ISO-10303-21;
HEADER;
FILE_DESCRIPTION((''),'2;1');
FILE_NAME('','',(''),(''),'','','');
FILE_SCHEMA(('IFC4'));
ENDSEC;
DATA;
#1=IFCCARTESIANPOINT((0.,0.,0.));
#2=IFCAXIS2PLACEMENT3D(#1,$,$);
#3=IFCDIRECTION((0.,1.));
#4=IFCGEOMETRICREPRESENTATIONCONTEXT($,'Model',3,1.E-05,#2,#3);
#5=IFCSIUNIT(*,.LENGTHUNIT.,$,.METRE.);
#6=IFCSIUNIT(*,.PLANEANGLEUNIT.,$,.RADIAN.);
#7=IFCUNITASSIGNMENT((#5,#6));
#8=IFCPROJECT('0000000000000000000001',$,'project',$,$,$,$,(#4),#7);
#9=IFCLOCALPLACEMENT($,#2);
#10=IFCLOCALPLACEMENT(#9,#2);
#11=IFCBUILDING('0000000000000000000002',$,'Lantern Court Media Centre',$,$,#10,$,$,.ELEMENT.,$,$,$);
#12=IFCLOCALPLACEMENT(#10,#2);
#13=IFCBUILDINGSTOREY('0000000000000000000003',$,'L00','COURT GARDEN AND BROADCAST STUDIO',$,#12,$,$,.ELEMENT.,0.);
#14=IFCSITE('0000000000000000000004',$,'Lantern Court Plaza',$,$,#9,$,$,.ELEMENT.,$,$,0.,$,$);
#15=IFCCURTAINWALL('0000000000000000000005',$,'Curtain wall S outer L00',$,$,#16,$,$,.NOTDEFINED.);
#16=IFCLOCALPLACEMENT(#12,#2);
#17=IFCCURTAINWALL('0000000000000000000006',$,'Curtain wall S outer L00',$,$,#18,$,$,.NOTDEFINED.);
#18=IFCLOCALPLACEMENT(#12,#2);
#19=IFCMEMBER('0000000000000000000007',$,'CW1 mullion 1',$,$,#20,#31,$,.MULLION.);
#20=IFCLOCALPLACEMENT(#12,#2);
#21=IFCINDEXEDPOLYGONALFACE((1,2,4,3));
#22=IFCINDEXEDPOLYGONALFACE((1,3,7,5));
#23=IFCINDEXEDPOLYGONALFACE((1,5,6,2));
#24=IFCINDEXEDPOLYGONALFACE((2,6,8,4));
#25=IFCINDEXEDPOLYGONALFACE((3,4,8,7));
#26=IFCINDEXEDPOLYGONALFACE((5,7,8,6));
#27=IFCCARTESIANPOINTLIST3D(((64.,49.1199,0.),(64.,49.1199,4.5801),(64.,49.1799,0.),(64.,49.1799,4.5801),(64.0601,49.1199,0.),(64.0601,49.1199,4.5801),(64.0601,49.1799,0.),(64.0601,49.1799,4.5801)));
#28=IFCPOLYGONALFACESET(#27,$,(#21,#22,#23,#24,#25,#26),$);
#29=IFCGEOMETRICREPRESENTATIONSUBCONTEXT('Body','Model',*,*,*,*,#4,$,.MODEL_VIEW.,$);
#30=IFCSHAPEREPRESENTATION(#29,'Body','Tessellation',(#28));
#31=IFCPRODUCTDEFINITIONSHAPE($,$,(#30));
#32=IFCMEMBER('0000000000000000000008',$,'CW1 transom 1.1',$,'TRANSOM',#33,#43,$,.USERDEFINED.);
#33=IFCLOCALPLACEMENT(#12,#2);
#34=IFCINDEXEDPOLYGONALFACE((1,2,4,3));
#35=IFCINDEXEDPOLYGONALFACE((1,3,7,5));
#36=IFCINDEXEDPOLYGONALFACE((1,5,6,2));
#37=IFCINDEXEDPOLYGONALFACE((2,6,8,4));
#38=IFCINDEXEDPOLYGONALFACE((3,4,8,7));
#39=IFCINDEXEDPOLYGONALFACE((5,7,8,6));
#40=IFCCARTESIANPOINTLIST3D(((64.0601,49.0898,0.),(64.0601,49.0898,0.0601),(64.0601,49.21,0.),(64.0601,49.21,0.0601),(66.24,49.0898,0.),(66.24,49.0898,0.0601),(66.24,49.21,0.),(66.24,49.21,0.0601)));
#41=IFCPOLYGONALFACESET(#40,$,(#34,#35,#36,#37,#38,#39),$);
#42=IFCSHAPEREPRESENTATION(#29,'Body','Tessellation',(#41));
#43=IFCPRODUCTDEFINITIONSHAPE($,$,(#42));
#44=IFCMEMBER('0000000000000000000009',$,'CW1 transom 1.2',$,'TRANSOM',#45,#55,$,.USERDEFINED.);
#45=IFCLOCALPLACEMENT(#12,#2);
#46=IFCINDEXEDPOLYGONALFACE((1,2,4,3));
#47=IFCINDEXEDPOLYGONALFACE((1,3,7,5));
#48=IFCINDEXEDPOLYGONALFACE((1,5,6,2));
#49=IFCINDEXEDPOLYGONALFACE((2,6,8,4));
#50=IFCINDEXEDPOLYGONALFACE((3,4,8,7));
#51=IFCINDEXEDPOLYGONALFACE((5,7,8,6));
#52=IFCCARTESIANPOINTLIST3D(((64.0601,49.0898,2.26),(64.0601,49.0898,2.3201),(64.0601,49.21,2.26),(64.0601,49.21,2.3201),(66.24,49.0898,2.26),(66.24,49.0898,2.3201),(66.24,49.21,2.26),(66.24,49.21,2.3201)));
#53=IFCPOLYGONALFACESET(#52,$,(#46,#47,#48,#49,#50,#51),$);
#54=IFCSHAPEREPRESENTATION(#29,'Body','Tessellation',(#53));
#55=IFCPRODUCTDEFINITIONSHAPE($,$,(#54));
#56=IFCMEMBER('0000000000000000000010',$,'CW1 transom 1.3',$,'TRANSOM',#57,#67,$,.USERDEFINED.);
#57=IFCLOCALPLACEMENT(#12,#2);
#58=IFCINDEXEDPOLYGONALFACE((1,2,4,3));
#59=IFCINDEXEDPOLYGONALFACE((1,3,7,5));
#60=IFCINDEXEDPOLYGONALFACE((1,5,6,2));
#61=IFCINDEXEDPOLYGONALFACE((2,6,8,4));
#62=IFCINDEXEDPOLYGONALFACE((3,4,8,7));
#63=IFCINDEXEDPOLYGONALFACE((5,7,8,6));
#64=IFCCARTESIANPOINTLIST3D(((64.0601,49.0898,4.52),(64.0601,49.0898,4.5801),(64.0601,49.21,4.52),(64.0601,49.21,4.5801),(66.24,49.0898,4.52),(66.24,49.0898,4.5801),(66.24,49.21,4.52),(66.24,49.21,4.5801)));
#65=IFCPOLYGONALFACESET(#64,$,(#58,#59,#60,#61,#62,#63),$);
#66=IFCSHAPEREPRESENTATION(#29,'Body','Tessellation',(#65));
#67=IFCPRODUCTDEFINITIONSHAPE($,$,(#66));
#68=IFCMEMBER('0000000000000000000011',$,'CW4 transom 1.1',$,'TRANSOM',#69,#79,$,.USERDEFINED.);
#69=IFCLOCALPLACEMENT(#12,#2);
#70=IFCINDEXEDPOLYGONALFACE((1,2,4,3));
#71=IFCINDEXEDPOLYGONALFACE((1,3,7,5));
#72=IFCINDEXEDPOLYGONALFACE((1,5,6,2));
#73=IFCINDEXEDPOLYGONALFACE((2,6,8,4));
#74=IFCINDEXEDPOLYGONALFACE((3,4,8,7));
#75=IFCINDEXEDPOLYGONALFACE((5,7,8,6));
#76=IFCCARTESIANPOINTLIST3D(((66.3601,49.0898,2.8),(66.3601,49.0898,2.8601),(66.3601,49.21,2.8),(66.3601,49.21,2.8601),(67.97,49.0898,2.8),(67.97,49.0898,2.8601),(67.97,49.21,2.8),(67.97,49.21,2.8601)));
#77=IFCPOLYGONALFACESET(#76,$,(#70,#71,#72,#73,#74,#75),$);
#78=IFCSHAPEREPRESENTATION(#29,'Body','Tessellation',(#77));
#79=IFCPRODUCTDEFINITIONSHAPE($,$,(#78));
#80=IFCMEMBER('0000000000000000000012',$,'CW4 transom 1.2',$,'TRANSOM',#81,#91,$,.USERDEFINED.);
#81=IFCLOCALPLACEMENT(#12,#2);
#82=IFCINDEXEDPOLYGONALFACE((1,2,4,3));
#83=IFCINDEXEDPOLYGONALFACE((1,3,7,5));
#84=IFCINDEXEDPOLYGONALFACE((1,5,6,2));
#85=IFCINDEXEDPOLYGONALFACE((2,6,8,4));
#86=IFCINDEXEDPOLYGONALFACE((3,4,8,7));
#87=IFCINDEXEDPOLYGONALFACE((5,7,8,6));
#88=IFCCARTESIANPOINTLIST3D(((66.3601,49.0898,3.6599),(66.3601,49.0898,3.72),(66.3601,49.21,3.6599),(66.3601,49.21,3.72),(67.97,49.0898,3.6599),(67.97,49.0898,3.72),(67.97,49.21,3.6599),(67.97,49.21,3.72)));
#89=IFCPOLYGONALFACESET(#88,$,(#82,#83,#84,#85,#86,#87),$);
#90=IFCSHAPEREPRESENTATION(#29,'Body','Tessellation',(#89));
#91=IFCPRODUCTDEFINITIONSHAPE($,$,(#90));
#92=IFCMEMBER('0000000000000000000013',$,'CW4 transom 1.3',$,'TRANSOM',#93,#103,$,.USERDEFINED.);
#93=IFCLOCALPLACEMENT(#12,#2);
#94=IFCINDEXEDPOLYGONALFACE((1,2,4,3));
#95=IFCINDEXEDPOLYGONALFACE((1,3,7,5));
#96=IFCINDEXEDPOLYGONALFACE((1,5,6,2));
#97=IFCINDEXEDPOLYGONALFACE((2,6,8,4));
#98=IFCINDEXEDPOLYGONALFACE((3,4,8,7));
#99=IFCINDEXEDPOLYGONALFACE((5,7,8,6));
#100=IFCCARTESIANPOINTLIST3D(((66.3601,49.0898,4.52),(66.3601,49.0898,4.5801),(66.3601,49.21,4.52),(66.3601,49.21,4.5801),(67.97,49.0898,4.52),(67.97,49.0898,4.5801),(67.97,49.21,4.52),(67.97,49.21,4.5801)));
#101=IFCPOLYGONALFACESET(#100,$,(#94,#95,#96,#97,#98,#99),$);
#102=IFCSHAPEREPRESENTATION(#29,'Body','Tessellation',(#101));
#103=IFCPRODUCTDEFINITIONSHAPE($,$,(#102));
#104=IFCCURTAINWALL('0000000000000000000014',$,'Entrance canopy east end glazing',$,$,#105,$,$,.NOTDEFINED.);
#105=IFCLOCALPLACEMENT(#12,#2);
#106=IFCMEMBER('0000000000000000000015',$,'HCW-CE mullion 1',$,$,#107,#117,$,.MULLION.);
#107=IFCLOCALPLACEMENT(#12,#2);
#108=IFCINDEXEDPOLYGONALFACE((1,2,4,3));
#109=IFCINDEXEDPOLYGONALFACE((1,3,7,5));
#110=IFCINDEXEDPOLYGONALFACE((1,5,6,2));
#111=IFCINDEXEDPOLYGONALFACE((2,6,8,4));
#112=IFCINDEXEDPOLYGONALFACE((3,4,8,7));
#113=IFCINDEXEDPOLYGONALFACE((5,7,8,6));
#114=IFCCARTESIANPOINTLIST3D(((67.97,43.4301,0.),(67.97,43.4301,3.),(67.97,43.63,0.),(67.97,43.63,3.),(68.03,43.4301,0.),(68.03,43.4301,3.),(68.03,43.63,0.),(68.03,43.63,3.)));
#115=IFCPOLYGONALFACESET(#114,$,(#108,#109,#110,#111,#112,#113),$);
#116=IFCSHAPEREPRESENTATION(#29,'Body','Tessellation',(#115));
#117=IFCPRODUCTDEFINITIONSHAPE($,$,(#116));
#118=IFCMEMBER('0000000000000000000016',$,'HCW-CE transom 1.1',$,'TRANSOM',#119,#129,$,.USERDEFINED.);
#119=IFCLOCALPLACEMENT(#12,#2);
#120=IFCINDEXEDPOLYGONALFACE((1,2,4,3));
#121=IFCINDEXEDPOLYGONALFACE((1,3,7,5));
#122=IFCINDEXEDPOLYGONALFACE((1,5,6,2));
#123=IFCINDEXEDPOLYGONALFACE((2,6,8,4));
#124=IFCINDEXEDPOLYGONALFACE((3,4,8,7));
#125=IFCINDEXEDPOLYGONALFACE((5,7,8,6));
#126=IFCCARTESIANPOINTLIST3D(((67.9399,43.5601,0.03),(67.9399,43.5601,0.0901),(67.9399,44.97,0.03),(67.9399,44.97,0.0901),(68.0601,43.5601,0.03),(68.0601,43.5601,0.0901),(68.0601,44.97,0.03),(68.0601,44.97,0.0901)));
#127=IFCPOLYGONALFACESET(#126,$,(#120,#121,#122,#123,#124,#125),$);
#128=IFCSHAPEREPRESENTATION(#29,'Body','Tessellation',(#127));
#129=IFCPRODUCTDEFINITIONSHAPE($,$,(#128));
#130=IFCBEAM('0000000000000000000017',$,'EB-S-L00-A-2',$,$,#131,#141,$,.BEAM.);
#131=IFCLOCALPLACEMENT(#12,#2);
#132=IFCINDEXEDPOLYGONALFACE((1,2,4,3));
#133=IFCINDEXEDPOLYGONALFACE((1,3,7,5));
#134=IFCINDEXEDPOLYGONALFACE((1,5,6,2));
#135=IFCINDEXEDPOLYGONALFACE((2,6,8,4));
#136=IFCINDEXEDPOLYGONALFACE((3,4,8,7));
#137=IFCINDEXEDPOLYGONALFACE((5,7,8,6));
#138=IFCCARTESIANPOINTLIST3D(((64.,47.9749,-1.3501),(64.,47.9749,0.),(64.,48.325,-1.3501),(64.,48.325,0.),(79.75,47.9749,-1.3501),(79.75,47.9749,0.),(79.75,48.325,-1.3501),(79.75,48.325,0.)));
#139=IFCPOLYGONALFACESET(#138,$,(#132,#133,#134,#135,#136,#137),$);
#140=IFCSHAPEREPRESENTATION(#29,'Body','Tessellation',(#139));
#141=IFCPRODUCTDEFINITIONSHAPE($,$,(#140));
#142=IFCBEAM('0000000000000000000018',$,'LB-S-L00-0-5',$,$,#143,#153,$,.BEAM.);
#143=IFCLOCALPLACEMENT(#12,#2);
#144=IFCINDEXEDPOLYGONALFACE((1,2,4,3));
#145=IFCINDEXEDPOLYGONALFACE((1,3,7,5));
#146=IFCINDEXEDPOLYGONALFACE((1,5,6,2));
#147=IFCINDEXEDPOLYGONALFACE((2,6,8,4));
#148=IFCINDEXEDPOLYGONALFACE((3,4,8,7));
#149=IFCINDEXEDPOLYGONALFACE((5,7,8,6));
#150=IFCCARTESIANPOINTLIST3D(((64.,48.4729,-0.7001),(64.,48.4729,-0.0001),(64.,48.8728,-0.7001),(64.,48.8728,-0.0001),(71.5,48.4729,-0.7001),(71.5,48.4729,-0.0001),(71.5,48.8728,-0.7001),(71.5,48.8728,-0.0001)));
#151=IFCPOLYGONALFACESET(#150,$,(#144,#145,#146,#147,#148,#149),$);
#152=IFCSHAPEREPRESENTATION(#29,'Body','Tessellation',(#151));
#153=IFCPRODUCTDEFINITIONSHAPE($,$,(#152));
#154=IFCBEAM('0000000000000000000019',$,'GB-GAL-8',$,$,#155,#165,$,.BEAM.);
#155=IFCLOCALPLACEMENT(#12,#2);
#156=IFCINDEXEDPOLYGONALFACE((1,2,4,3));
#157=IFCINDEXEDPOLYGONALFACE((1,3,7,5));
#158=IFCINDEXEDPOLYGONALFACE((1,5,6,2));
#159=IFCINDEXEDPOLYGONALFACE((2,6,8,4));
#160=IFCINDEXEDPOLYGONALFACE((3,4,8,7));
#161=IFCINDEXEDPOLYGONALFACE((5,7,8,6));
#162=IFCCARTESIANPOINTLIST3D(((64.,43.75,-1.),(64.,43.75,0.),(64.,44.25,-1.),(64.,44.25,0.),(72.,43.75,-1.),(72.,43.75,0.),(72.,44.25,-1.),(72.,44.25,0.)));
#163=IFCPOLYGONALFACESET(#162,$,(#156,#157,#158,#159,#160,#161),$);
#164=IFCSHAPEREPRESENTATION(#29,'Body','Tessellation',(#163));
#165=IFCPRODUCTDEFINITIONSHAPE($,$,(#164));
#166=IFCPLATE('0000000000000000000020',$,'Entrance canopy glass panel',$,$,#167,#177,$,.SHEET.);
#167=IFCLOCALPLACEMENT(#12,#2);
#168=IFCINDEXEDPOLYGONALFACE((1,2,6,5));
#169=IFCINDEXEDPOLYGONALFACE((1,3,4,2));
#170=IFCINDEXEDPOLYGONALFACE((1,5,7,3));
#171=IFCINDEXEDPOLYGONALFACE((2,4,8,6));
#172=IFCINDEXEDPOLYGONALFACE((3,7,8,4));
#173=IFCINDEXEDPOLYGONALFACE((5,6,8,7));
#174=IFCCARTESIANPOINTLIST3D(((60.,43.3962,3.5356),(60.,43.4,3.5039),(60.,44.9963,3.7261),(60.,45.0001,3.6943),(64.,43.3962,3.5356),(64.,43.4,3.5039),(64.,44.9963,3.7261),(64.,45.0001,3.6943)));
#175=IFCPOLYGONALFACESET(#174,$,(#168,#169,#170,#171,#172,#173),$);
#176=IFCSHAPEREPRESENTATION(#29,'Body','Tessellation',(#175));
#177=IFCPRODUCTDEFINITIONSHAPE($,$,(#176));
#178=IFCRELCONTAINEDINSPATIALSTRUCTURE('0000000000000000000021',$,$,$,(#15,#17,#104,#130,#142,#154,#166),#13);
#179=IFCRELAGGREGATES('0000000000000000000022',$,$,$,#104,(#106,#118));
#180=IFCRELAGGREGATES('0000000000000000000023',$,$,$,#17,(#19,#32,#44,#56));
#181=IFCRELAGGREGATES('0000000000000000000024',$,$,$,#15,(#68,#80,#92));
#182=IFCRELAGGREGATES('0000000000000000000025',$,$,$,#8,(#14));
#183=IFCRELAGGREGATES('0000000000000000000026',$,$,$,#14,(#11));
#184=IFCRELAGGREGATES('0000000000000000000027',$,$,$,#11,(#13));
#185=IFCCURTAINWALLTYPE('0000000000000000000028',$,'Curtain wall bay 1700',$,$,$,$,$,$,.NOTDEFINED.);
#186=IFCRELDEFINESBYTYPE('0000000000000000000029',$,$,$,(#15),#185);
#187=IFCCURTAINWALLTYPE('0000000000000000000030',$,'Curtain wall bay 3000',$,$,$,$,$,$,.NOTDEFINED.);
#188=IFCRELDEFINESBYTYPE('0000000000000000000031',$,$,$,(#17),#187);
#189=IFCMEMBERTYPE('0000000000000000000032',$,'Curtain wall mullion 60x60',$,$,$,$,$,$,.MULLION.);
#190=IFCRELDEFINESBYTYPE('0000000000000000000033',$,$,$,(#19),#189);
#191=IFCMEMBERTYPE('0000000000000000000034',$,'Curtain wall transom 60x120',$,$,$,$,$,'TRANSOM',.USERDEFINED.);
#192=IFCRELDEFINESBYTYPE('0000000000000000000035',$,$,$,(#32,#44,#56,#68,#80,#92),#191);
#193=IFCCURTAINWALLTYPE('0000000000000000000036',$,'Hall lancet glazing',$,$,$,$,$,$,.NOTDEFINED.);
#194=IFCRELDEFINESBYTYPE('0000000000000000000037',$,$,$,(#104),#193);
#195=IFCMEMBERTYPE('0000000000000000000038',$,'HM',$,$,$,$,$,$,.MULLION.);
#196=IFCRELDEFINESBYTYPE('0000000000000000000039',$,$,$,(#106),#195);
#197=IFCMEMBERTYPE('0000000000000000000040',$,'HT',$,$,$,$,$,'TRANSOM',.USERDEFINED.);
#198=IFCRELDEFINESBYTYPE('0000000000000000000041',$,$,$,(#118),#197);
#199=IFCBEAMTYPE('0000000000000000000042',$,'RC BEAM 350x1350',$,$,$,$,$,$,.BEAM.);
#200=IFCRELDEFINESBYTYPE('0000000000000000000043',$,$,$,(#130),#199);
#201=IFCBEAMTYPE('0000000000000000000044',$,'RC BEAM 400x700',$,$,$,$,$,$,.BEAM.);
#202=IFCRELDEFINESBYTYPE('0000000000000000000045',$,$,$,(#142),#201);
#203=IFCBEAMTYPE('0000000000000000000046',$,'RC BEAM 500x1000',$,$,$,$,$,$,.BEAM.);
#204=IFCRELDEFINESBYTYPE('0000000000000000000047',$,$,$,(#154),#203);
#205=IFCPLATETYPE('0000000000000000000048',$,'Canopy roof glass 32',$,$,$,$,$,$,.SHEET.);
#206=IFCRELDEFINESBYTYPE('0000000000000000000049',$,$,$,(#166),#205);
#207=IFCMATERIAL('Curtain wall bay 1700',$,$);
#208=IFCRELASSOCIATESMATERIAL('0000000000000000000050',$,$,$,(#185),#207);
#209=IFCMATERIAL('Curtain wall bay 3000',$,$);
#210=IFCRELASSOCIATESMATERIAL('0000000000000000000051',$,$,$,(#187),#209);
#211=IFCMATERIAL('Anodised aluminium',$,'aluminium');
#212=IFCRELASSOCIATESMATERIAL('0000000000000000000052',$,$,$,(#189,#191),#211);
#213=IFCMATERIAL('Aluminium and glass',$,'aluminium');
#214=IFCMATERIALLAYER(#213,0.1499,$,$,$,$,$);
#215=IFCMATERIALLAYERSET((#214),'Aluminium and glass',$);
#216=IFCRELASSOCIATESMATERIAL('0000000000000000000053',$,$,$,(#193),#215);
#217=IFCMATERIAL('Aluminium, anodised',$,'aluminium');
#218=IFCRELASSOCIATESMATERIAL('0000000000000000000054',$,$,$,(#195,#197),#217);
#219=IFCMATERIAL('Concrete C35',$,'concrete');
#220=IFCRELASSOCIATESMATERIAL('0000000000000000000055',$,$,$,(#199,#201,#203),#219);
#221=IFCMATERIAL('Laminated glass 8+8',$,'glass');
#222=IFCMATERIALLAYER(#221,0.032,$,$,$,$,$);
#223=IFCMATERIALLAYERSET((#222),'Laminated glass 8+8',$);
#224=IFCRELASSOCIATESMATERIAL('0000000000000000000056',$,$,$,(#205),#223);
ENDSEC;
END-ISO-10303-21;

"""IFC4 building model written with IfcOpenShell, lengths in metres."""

from ifc_helpers import new_model, si_unit, direction, frame, origin, origin_2d, place, context, subcontext, project, spatial, polyline, rectangle, outline, extrude, material, layer, layer_set, material_profile, profile_set, type_object, element, aggregate, save


model = new_model("IFC4")

# Units and contexts
model_context = context("Model", 3, precision=1e-05, world=origin(), true_north=direction((0.0, 1.0)))
body_context = subcontext(model_context, "Body", "Model", "MODEL_VIEW")
ifc_project = project(units=[si_unit("LENGTHUNIT", "METRE"), si_unit("PLANEANGLEUNIT", "RADIAN")], contexts=[model_context])

# Site, building, storey
site_placement = place(None, origin())
site = spatial("IfcSite", under=ifc_project, at=site_placement, Name="Lantern Court Plaza", CompositionType="ELEMENT", RefElevation=0.0)
building_placement = place(site_placement, origin())
building = spatial("IfcBuilding", under=site, at=building_placement, Name="Lantern Court Media Centre", CompositionType="ELEMENT")
storey_placement = place(building_placement, origin())
storey = spatial("IfcBuildingStorey", under=building, at=storey_placement, Name="L00", Description="COURT GARDEN AND BROADCAST STUDIO", CompositionType="ELEMENT", Elevation=0.0)

# Shared definitions
ifc_material_1 = material(Name="Concrete C35", Category="concrete")

# Curtain wall
ifc_material_2 = material(Name="Curtain wall bay 1700")
curtain_wall_type_1 = type_object("IfcCurtainWallType", Name="Curtain wall bay 1700", PredefinedType="NOTDEFINED", material=ifc_material_2)
curtain_wall_1_placement = place(storey_placement, origin())
curtain_wall_1 = element("IfcCurtainWall", 1, at=curtain_wall_1_placement, inside=storey, type_object=curtain_wall_type_1, Name="Curtain wall S outer L00", PredefinedType="NOTDEFINED")
ifc_material_3 = material(Name="Anodised aluminium", Category="aluminium")

# Curtain wall, members
ifc_material_4 = material(Name="Curtain wall bay 3000")
curtain_wall_type_2 = type_object("IfcCurtainWallType", Name="Curtain wall bay 3000", PredefinedType="NOTDEFINED", material=ifc_material_4)
curtain_wall_2_placement = place(storey_placement, origin())
curtain_wall_2 = element("IfcCurtainWall", 2, at=curtain_wall_2_placement, inside=storey, type_object=curtain_wall_type_2, Name="Curtain wall S outer L00", PredefinedType="NOTDEFINED")
ifc_material_profile_1 = material_profile(ifc_material_3, rectangle(XDim=0.0601, YDim=0.0601, at=origin_2d()), Name="AL 60x60")
ifc_profile_set_1 = profile_set([ifc_material_profile_1], Name="Anodised aluminium")
member_type_1 = type_object("IfcMemberType", Name="Curtain wall mullion 60x60", PredefinedType="MULLION", material=ifc_profile_set_1)
member_1_placement = place(storey_placement, frame((64.03, 49.1499, 0.0), z_axis=(0.0, 0.0, 1.0), x_axis=(0.0, 1.0, 0.0)))
member_1 = element("IfcMember", 3, at=member_1_placement, type_object=member_type_1, Name="CW1 mullion 1", PredefinedType="MULLION", context=body_context, shape_type="SweptSolid", body=[
    extrude(rectangle(XDim=0.0601, YDim=0.0601, at=origin_2d()), origin(), (0.0, 0.0, 1.0), 4.5801),
])
ifc_material_profile_2 = material_profile(ifc_material_3, rectangle(XDim=0.1201, YDim=0.0601, at=origin_2d()), Name="AL 60x120")
ifc_profile_set_2 = profile_set([ifc_material_profile_2], Name="Anodised aluminium")
member_type_2 = type_object("IfcMemberType", Name="Curtain wall transom 60x120", ElementType="TRANSOM", PredefinedType="USERDEFINED", material=ifc_profile_set_2)
member_2_placement = place(storey_placement, frame((64.0601, 49.1499, 0.03), z_axis=(1.0, 0.0, 0.0), x_axis=(0.0, 1.0, 0.0)))
member_2 = element("IfcMember", 4, at=member_2_placement, type_object=member_type_2, Name="CW1 transom 1.1", ObjectType="TRANSOM", PredefinedType="USERDEFINED", context=body_context, shape_type="SweptSolid", body=[
    extrude(rectangle(XDim=0.1201, YDim=0.0601, at=origin_2d()), origin(), (0.0, 0.0, 1.0), 2.1799),
])
member_3_placement = place(storey_placement, frame((64.0601, 49.1499, 2.29), z_axis=(1.0, 0.0, 0.0), x_axis=(0.0, 1.0, 0.0)))
member_3 = element("IfcMember", 5, at=member_3_placement, type_object=member_type_2, Name="CW1 transom 1.2", ObjectType="TRANSOM", PredefinedType="USERDEFINED", context=body_context, shape_type="SweptSolid", body=[
    extrude(rectangle(XDim=0.1201, YDim=0.0601, at=origin_2d()), origin(), (0.0, 0.0, 1.0), 2.1799),
])
member_4_placement = place(storey_placement, frame((64.0601, 49.1499, 4.55), z_axis=(1.0, 0.0, 0.0), x_axis=(0.0, 1.0, 0.0)))
member_4 = element("IfcMember", 6, at=member_4_placement, type_object=member_type_2, Name="CW1 transom 1.3", ObjectType="TRANSOM", PredefinedType="USERDEFINED", context=body_context, shape_type="SweptSolid", body=[
    extrude(rectangle(XDim=0.1201, YDim=0.0601, at=origin_2d()), origin(), (0.0, 0.0, 1.0), 2.1799),
])

# Members
member_5_placement = place(storey_placement, frame((66.3601, 49.1499, 2.8301), z_axis=(1.0, 0.0, 0.0), x_axis=(0.0, 1.0, 0.0)))
member_5 = element("IfcMember", 7, at=member_5_placement, type_object=member_type_2, Name="CW4 transom 1.1", ObjectType="TRANSOM", PredefinedType="USERDEFINED", context=body_context, shape_type="SweptSolid", body=[
    extrude(rectangle(XDim=0.1201, YDim=0.0601, at=origin_2d()), origin(), (0.0, 0.0, 1.0), 1.6099),
])
member_6_placement = place(storey_placement, frame((66.3601, 49.1499, 3.6899), z_axis=(1.0, 0.0, 0.0), x_axis=(0.0, 1.0, 0.0)))
member_6 = element("IfcMember", 8, at=member_6_placement, type_object=member_type_2, Name="CW4 transom 1.2", ObjectType="TRANSOM", PredefinedType="USERDEFINED", context=body_context, shape_type="SweptSolid", body=[
    extrude(rectangle(XDim=0.1201, YDim=0.0601, at=origin_2d()), origin(), (0.0, 0.0, 1.0), 1.6099),
])
member_7_placement = place(storey_placement, frame((66.3601, 49.1499, 4.55), z_axis=(1.0, 0.0, 0.0), x_axis=(0.0, 1.0, 0.0)))
member_7 = element("IfcMember", 9, at=member_7_placement, type_object=member_type_2, Name="CW4 transom 1.3", ObjectType="TRANSOM", PredefinedType="USERDEFINED", context=body_context, shape_type="SweptSolid", body=[
    extrude(rectangle(XDim=0.1201, YDim=0.0601, at=origin_2d()), origin(), (0.0, 0.0, 1.0), 1.6099),
])

# Curtain wall, members
ifc_material_5 = material(Name="Aluminium and glass", Category="aluminium")
ifc_layer_1 = layer(ifc_material_5, 0.1499)
ifc_layer_set_1 = layer_set([ifc_layer_1], Name="Aluminium and glass")
curtain_wall_type_3 = type_object("IfcCurtainWallType", Name="Hall lancet glazing", PredefinedType="NOTDEFINED", material=ifc_layer_set_1)
curtain_wall_3_placement = place(storey_placement, origin())
curtain_wall_3 = element("IfcCurtainWall", 10, at=curtain_wall_3_placement, inside=storey, type_object=curtain_wall_type_3, Name="Entrance canopy east end glazing", PredefinedType="NOTDEFINED")
ifc_material_6 = material(Name="Aluminium, anodised", Category="aluminium")
ifc_material_profile_3 = material_profile(ifc_material_6, rectangle(XDim=0.0601, YDim=0.2, at=origin_2d()), Name="HM")
ifc_profile_set_3 = profile_set([ifc_material_profile_3], Name="Aluminium, anodised")
member_type_3 = type_object("IfcMemberType", Name="HM", PredefinedType="MULLION", material=ifc_profile_set_3)
member_8_placement = place(storey_placement, frame((68.0, 43.53, 0.0), z_axis=(0.0, 0.0, 1.0), x_axis=(-1.0, 0.0, 0.0)))
member_8 = element("IfcMember", 11, at=member_8_placement, type_object=member_type_3, Name="HCW-CE mullion 1", PredefinedType="MULLION", context=body_context, shape_type="SweptSolid", body=[
    extrude(rectangle(XDim=0.0601, YDim=0.2, at=origin_2d()), origin(), (0.0, 0.0, 1.0), 3.0),
])
ifc_material_profile_4 = material_profile(ifc_material_6, rectangle(XDim=0.1201, YDim=0.0601, at=origin_2d()), Name="HT")
ifc_profile_set_4 = profile_set([ifc_material_profile_4], Name="Aluminium, anodised")
member_type_4 = type_object("IfcMemberType", Name="HT", ElementType="TRANSOM", PredefinedType="USERDEFINED", material=ifc_profile_set_4)
member_9_placement = place(storey_placement, frame((68.0, 43.5601, 0.0601), z_axis=(0.0, 1.0, 0.0), x_axis=(-1.0, 0.0, 0.0)))
member_9 = element("IfcMember", 12, at=member_9_placement, type_object=member_type_4, Name="HCW-CE transom 1.1", ObjectType="TRANSOM", PredefinedType="USERDEFINED", context=body_context, shape_type="SweptSolid", body=[
    extrude(rectangle(XDim=0.1201, YDim=0.0601, at=origin_2d()), origin(), (0.0, 0.0, 1.0), 1.4099),
])
aggregate(curtain_wall_3, [member_8, member_9])

# Beams
ifc_material_profile_5 = material_profile(ifc_material_1, rectangle(XDim=0.3501, YDim=1.3501, at=origin_2d()), Name="RC 350x1350")
ifc_profile_set_5 = profile_set([ifc_material_profile_5], Name="Concrete C35")
beam_type_1 = type_object("IfcBeamType", Name="RC BEAM 350x1350", PredefinedType="BEAM", material=ifc_profile_set_5)
beam_1_placement = place(storey_placement, frame((64.0, 48.1499, -0.675), z_axis=(1.0, 0.0, 0.0), x_axis=(0.0, 1.0, 0.0)))
element("IfcBeam", 13, at=beam_1_placement, inside=storey, type_object=beam_type_1, Name="EB-S-L00-A-2", PredefinedType="BEAM", context=body_context, shape_type="SweptSolid", body=[
    extrude(rectangle(XDim=0.3501, YDim=1.3501, at=origin_2d()), origin(), (0.0, 0.0, 1.0), 15.75),
])
ifc_material_profile_6 = material_profile(ifc_material_1, rectangle(XDim=0.3999, YDim=0.7, at=origin_2d()), Name="RC 400x700")
ifc_profile_set_6 = profile_set([ifc_material_profile_6], Name="Concrete C35")
beam_type_2 = type_object("IfcBeamType", Name="RC BEAM 400x700", PredefinedType="BEAM", material=ifc_profile_set_6)
beam_2_placement = place(storey_placement, frame((64.0, 48.6729, -0.3501), z_axis=(1.0, 0.0, 0.0), x_axis=(0.0, 1.0, 0.0)))
element("IfcBeam", 14, at=beam_2_placement, inside=storey, type_object=beam_type_2, Name="LB-S-L00-0-5", PredefinedType="BEAM", context=body_context, shape_type="SweptSolid", body=[
    extrude(rectangle(XDim=0.3999, YDim=0.7, at=origin_2d()), origin(), (0.0, 0.0, 1.0), 7.5),
])
ifc_material_profile_7 = material_profile(ifc_material_1, rectangle(XDim=0.5, YDim=1.0, at=origin_2d()), Name="RC 500x1000")
ifc_profile_set_7 = profile_set([ifc_material_profile_7], Name="Concrete C35")
beam_type_3 = type_object("IfcBeamType", Name="RC BEAM 500x1000", PredefinedType="BEAM", material=ifc_profile_set_7)
beam_3_placement = place(storey_placement, frame((64.0, 44.0, -0.5), z_axis=(1.0, 0.0, 0.0), x_axis=(0.0, 1.0, 0.0)))
element("IfcBeam", 15, at=beam_3_placement, inside=storey, type_object=beam_type_3, Name="GB-GAL-8", PredefinedType="BEAM", context=body_context, shape_type="SweptSolid", body=[
    extrude(rectangle(XDim=0.5, YDim=1.0, at=origin_2d()), origin(), (0.0, 0.0, 1.0), 8.0),
])

# Plate
ifc_material_7 = material(Name="Laminated glass 8+8", Category="glass")
ifc_layer_2 = layer(ifc_material_7, 0.032)
ifc_layer_set_2 = layer_set([ifc_layer_2], Name="Laminated glass 8+8")
plate_type_1 = type_object("IfcPlateType", Name="Canopy roof glass 32", PredefinedType="SHEET", material=ifc_layer_set_2)
plate_1_placement = place(storey_placement, frame((60.0, 43.3962, 3.5356), z_axis=(0.0, -0.118177, 0.992993), x_axis=(1.0, 0.0, 0.0)))
element("IfcPlate", 16, at=plate_1_placement, inside=storey, type_object=plate_type_1, Name="Entrance canopy glass panel", PredefinedType="SHEET", context=body_context, shape_type="SweptSolid", body=[
    extrude(outline(polyline([(0.0, 0.0), (4.0, 0.0), (4.0, 1.6114), (0.0, 1.6114), (0.0, 0.0)])), origin(), (0.0, 0.0, -1.0), 0.032),
])

aggregate(curtain_wall_2, [member_1, member_2, member_3, member_4])
aggregate(curtain_wall_1, [member_5, member_6, member_7])

save(model, "model.ifc")
